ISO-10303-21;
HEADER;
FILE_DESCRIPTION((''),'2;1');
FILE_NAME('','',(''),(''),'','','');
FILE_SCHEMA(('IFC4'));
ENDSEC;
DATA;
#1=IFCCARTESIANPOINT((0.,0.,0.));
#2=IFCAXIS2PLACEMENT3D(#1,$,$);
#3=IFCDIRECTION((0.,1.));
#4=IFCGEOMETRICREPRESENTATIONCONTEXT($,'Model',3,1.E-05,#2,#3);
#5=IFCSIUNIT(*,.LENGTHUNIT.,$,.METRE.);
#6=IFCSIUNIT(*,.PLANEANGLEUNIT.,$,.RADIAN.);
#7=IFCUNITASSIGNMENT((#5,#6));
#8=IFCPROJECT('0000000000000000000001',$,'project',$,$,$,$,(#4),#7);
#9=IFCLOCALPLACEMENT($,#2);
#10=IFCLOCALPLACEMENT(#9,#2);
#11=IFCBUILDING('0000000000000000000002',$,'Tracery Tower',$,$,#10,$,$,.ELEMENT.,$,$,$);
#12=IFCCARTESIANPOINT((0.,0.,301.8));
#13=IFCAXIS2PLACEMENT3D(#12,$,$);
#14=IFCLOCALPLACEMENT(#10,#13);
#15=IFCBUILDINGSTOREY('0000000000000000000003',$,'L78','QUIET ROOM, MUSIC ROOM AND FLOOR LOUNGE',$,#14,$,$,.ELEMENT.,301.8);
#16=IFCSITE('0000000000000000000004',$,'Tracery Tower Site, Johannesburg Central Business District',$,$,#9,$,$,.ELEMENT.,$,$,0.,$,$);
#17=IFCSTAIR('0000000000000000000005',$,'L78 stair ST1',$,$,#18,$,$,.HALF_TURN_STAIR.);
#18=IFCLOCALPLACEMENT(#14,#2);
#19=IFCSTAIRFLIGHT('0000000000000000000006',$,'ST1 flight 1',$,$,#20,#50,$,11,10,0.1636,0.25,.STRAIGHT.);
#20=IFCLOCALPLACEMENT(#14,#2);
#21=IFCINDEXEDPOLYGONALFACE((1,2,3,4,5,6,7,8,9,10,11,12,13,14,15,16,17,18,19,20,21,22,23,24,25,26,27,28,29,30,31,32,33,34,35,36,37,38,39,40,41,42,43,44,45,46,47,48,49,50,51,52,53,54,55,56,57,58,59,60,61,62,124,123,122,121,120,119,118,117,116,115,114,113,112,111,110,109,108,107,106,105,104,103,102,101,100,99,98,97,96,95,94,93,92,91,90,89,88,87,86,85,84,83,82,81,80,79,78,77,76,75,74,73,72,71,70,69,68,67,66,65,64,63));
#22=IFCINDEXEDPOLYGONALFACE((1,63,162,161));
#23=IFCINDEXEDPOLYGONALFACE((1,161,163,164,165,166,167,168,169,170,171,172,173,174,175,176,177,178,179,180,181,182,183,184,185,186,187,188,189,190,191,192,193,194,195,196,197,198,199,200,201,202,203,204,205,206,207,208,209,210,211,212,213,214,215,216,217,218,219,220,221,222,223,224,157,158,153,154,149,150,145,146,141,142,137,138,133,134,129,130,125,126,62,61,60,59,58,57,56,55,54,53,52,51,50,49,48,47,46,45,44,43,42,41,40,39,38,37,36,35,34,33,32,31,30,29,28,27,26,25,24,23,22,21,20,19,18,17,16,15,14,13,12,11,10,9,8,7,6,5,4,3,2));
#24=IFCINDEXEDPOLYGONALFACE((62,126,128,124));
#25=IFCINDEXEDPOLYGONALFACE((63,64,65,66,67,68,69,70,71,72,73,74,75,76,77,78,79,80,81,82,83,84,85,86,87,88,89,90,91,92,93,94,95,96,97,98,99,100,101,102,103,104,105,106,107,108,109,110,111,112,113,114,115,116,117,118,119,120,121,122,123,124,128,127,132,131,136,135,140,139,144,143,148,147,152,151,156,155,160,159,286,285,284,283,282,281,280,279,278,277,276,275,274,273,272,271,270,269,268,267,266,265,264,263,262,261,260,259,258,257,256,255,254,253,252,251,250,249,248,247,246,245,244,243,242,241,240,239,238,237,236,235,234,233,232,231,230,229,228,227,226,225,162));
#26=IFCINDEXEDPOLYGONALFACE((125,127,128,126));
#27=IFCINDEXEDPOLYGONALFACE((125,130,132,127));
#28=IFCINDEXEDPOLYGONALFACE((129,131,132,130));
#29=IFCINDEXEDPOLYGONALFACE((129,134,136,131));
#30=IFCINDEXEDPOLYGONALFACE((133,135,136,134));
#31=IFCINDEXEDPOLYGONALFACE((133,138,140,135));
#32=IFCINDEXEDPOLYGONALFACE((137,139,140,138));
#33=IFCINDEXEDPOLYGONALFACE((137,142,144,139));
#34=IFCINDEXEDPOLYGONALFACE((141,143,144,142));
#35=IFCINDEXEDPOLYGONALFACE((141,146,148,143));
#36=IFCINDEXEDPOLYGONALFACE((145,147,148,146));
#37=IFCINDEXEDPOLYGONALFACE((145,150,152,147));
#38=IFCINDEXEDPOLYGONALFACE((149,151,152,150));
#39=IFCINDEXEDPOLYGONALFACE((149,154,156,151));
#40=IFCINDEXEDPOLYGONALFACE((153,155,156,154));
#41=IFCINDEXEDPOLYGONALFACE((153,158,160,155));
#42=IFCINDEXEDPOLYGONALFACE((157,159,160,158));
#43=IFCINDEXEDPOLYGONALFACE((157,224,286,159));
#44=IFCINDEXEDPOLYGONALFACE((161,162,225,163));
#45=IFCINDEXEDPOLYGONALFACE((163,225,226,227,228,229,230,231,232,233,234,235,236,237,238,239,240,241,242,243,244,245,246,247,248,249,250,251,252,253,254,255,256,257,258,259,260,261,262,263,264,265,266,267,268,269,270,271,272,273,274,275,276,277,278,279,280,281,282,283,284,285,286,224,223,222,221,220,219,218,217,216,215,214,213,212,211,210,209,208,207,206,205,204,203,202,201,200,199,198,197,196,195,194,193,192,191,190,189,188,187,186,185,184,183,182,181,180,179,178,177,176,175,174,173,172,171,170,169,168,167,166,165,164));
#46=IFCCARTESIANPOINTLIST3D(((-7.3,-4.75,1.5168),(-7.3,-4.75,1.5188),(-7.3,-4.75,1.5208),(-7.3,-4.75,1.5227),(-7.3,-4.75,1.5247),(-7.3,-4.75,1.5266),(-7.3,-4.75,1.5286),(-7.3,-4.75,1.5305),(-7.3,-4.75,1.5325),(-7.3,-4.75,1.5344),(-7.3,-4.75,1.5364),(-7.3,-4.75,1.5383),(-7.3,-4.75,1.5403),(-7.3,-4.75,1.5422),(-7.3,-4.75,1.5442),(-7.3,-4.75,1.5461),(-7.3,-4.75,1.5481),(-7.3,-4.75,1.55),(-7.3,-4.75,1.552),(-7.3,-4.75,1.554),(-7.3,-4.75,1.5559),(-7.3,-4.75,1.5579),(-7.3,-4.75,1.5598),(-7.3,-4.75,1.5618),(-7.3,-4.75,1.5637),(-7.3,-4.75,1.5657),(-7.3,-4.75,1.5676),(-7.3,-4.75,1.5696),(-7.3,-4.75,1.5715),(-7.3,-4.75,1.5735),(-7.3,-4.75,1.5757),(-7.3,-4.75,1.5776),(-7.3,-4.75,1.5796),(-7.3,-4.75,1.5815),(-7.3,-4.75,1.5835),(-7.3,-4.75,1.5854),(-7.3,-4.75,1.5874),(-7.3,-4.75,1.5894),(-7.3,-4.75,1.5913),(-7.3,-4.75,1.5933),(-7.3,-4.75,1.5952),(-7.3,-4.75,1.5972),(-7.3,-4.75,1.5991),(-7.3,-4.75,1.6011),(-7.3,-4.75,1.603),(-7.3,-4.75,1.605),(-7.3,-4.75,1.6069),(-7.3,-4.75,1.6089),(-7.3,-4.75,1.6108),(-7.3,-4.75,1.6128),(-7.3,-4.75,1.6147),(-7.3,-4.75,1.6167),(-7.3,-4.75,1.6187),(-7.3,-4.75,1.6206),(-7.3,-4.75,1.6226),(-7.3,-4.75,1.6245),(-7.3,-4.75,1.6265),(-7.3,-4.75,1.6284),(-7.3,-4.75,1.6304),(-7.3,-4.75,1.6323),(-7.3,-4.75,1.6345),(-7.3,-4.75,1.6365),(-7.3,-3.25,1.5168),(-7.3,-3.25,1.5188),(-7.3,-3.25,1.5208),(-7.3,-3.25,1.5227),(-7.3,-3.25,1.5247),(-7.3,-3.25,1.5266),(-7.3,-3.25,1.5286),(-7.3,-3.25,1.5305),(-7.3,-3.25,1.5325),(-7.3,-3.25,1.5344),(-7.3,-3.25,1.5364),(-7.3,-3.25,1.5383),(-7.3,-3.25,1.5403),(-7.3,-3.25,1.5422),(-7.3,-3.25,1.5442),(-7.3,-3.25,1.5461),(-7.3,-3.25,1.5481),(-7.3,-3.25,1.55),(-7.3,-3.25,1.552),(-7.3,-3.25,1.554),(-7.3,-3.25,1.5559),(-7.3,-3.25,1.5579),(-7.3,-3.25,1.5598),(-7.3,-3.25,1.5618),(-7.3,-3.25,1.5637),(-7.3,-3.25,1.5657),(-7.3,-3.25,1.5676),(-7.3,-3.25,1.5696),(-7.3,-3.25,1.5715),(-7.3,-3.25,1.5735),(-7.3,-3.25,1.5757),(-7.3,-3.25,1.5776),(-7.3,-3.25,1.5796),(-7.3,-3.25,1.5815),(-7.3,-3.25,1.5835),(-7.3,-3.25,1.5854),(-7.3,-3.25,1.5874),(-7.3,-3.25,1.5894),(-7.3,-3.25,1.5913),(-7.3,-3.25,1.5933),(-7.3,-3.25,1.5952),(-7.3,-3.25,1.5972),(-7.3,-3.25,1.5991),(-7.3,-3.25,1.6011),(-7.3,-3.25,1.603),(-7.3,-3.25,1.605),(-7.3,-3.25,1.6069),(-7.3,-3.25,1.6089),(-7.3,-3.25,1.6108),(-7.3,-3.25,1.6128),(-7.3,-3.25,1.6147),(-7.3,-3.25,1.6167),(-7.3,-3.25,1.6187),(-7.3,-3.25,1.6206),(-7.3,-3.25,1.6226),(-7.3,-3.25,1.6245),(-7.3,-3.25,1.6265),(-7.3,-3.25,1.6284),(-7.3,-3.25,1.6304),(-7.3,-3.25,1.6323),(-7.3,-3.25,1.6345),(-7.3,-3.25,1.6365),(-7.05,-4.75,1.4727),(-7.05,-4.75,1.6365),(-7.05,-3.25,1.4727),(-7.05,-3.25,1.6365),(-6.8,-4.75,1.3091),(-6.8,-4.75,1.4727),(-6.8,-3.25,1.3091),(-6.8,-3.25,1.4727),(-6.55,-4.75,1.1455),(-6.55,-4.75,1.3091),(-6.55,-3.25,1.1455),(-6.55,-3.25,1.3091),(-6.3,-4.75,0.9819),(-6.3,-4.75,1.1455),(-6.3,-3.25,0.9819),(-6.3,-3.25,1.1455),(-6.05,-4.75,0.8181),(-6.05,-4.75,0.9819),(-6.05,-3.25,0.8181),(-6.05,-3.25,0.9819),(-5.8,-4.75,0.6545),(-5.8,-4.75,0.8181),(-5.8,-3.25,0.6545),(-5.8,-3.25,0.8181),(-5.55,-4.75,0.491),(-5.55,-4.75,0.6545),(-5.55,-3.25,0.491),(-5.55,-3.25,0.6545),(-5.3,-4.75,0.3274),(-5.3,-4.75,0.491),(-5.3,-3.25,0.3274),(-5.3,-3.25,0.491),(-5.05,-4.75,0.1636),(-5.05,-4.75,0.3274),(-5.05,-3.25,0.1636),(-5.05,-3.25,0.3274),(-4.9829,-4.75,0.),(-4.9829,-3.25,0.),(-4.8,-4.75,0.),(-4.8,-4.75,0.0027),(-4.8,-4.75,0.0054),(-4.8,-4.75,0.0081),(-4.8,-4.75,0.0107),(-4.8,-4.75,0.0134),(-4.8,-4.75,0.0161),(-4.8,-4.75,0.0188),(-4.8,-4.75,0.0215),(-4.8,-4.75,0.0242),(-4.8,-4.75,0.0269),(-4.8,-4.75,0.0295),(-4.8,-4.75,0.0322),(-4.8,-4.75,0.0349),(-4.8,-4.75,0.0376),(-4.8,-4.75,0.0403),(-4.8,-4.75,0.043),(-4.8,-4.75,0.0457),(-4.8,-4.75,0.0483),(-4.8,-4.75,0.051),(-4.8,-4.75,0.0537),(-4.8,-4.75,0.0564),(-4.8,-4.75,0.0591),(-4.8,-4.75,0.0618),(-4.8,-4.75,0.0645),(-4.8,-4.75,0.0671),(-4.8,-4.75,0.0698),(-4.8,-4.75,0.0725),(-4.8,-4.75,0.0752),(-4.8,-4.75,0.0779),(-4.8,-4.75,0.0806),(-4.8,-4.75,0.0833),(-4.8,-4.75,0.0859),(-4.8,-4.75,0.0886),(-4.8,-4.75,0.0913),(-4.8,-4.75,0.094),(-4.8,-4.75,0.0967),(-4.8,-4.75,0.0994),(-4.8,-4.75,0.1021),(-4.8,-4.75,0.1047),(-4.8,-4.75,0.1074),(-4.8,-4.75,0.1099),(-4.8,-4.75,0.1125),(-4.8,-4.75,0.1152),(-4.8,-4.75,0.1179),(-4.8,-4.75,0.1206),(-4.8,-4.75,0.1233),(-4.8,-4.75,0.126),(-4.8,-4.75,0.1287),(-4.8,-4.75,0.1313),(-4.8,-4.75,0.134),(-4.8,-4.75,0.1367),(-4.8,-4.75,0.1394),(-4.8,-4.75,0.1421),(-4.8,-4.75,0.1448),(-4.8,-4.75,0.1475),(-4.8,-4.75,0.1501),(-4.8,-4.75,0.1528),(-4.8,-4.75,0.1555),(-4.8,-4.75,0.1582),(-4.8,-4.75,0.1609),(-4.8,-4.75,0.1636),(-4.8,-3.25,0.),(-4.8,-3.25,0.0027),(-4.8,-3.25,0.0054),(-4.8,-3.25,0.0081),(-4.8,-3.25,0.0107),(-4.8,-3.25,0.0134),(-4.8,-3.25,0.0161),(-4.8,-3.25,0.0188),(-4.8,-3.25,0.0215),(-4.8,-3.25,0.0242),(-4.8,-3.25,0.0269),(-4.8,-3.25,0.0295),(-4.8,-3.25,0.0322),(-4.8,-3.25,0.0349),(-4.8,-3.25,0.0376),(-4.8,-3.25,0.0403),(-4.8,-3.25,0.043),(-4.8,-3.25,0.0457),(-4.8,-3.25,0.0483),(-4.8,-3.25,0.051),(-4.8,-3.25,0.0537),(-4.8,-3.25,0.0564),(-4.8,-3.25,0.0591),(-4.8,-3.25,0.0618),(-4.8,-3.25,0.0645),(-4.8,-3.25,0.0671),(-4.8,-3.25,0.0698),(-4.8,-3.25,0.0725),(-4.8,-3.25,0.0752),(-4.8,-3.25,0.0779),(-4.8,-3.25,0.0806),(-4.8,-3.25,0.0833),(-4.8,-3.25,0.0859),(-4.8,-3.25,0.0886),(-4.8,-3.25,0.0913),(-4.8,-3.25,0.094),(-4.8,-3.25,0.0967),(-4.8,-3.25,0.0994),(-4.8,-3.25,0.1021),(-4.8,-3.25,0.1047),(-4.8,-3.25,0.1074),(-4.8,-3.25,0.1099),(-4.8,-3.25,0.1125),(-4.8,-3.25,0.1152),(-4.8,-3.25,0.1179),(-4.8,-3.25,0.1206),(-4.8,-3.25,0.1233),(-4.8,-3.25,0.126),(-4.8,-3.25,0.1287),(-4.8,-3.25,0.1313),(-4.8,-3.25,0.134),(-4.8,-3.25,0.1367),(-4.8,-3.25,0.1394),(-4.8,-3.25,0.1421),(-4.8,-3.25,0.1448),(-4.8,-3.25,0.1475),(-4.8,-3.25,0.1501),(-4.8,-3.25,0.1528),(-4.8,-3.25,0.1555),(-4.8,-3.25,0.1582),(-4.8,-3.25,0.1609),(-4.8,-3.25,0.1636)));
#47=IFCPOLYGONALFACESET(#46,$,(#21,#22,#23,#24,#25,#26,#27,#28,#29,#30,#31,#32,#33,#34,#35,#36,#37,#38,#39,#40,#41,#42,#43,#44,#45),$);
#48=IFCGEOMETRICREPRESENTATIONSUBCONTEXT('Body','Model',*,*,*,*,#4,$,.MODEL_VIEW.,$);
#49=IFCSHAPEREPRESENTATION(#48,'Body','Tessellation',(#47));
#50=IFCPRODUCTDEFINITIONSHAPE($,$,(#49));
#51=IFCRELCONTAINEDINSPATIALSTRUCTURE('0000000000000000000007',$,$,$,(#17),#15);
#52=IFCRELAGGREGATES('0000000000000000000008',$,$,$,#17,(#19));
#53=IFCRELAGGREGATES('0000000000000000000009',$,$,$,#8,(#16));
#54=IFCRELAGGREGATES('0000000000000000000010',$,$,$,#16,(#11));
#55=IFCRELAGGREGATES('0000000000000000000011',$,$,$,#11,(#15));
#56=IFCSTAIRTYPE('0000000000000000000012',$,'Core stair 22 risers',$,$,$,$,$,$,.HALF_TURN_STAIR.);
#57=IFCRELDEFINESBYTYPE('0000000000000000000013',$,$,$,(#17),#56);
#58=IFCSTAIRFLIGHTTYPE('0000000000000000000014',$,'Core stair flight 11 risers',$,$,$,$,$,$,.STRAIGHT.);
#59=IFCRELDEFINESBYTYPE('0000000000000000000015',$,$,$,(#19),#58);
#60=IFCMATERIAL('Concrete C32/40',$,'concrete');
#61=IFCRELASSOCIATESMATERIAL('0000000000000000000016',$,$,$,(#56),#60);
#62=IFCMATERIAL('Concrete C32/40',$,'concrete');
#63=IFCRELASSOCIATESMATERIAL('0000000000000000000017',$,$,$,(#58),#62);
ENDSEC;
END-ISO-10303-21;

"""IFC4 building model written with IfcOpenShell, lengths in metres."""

from ifc_helpers import new_model, si_unit, direction, frame, origin, place, context, subcontext, project, spatial, polyline, outline, extrude, material, type_object, element, aggregate, save


model = new_model("IFC4")

# Units and contexts
model_context = context("Model", 3, precision=1e-05, world=origin(), true_north=direction((0.0, 1.0)))
body_context = subcontext(model_context, "Body", "Model", "MODEL_VIEW")
ifc_project = project(units=[si_unit("LENGTHUNIT", "METRE"), si_unit("PLANEANGLEUNIT", "RADIAN")], contexts=[model_context])

# Site, building, storey
site_placement = place(None, origin())
site = spatial("IfcSite", under=ifc_project, at=site_placement, Name="Tracery Tower Site, Johannesburg Central Business District", CompositionType="ELEMENT", RefElevation=0.0)
building_placement = place(site_placement, origin())
building = spatial("IfcBuilding", under=site, at=building_placement, Name="Tracery Tower", CompositionType="ELEMENT")
storey_placement = place(building_placement, frame((0.0, 0.0, 301.8)))
storey = spatial("IfcBuildingStorey", under=building, at=storey_placement, Name="L78", Description="QUIET ROOM, MUSIC ROOM AND FLOOR LOUNGE", CompositionType="ELEMENT", Elevation=301.8)

# Stair, stair flight
ifc_material_1 = material(Name="Concrete C32/40", Category="concrete")
stair_type = type_object("IfcStairType", Name="Core stair 22 risers", PredefinedType="HALF_TURN_STAIR", material=ifc_material_1)
stair_placement = place(storey_placement, origin())
stair = element("IfcStair", 1, at=stair_placement, inside=storey, type_object=stair_type, Name="L78 stair ST1", PredefinedType="HALF_TURN_STAIR")
ifc_material_2 = material(Name="Concrete C32/40", Category="concrete")
stair_flight_type = type_object("IfcStairFlightType", Name="Core stair flight 11 risers", PredefinedType="STRAIGHT", material=ifc_material_2)
stair_flight_1_placement = place(storey_placement, frame((-4.8, -4.0, 0.0), z_axis=(0.0, 0.0, 1.0), x_axis=(-1.0, 0.0, 0.0)))
stair_flight_1 = element("IfcStairFlight", 2, at=stair_flight_1_placement, type_object=stair_flight_type, Name="ST1 flight 1", NumberOfRisers=11, NumberOfTreads=10, PredefinedType="STRAIGHT", RiserHeight=0.1636, TreadLength=0.25, context=body_context, shape_type="SweptSolid", body=[
    extrude(outline(polyline([(0.0, 0.0), (0.0, 0.0027), (0.0, 0.0054), (0.0, 0.0081), (0.0, 0.0107), (0.0, 0.0134), (0.0, 0.0161), (0.0, 0.0188), (0.0, 0.0215), (0.0, 0.0242), (0.0, 0.0269), (0.0, 0.0295), (0.0, 0.0322), (0.0, 0.0349), (0.0, 0.0376), (0.0, 0.0403), (0.0, 0.043), (0.0, 0.0457), (0.0, 0.0483), (0.0, 0.051), (0.0, 0.0537), (0.0, 0.0564), (0.0, 0.0591), (0.0, 0.0618), (0.0, 0.0645), (0.0, 0.0671), (0.0, 0.0698), (0.0, 0.0725), (0.0, 0.0752), (0.0, 0.0779), (0.0, 0.0806), (0.0, 0.0833), (0.0, 0.0859), (0.0, 0.0886), (0.0, 0.0913), (0.0, 0.094), (0.0, 0.0967), (0.0, 0.0994), (0.0, 0.1021), (0.0, 0.1047), (0.0, 0.1074), (0.0, 0.1099), (0.0, 0.1125), (0.0, 0.1152), (0.0, 0.1179), (0.0, 0.1206), (0.0, 0.1233), (0.0, 0.126), (0.0, 0.1287), (0.0, 0.1313), (0.0, 0.134), (0.0, 0.1367), (0.0, 0.1394), (0.0, 0.1421), (0.0, 0.1448), (0.0, 0.1475), (0.0, 0.1501), (0.0, 0.1528), (0.0, 0.1555), (0.0, 0.1582), (0.0, 0.1609), (0.0, 0.1636), (0.25, 0.1636), (0.25, 0.3274), (0.5, 0.3274), (0.5, 0.491), (0.75, 0.491), (0.75, 0.6545), (1.0, 0.6545), (1.0, 0.8181), (1.25, 0.8181), (1.25, 0.9819), (1.5, 0.9819), (1.5, 1.1455), (1.75, 1.1455), (1.75, 1.3091), (2.0, 1.3091), (2.0, 1.4727), (2.25, 1.4727), (2.25, 1.6365), (2.5, 1.6365), (2.5, 1.6345), (2.5, 1.6323), (2.5, 1.6304), (2.5, 1.6284), (2.5, 1.6265), (2.5, 1.6245), (2.5, 1.6226), (2.5, 1.6206), (2.5, 1.6187), (2.5, 1.6167), (2.5, 1.6147), (2.5, 1.6128), (2.5, 1.6108), (2.5, 1.6089), (2.5, 1.6069), (2.5, 1.605), (2.5, 1.603), (2.5, 1.6011), (2.5, 1.5991), (2.5, 1.5972), (2.5, 1.5952), (2.5, 1.5933), (2.5, 1.5913), (2.5, 1.5894), (2.5, 1.5874), (2.5, 1.5854), (2.5, 1.5835), (2.5, 1.5815), (2.5, 1.5796), (2.5, 1.5776), (2.5, 1.5757), (2.5, 1.5735), (2.5, 1.5715), (2.5, 1.5696), (2.5, 1.5676), (2.5, 1.5657), (2.5, 1.5637), (2.5, 1.5618), (2.5, 1.5598), (2.5, 1.5579), (2.5, 1.5559), (2.5, 1.554), (2.5, 1.552), (2.5, 1.55), (2.5, 1.5481), (2.5, 1.5461), (2.5, 1.5442), (2.5, 1.5422), (2.5, 1.5403), (2.5, 1.5383), (2.5, 1.5364), (2.5, 1.5344), (2.5, 1.5325), (2.5, 1.5305), (2.5, 1.5286), (2.5, 1.5266), (2.5, 1.5247), (2.5, 1.5227), (2.5, 1.5208), (2.5, 1.5188), (2.5, 1.5168), (0.1829, 0.0), (0.0, 0.0)])), frame((0.0, 0.75, 0.0), z_axis=(0.0, -1.0, 0.0), x_axis=(1.0, 0.0, 0.0)), (0.0, 0.0, 1.0), 1.5),
])
aggregate(stair, [stair_flight_1])

save(model, "model.ifc")
